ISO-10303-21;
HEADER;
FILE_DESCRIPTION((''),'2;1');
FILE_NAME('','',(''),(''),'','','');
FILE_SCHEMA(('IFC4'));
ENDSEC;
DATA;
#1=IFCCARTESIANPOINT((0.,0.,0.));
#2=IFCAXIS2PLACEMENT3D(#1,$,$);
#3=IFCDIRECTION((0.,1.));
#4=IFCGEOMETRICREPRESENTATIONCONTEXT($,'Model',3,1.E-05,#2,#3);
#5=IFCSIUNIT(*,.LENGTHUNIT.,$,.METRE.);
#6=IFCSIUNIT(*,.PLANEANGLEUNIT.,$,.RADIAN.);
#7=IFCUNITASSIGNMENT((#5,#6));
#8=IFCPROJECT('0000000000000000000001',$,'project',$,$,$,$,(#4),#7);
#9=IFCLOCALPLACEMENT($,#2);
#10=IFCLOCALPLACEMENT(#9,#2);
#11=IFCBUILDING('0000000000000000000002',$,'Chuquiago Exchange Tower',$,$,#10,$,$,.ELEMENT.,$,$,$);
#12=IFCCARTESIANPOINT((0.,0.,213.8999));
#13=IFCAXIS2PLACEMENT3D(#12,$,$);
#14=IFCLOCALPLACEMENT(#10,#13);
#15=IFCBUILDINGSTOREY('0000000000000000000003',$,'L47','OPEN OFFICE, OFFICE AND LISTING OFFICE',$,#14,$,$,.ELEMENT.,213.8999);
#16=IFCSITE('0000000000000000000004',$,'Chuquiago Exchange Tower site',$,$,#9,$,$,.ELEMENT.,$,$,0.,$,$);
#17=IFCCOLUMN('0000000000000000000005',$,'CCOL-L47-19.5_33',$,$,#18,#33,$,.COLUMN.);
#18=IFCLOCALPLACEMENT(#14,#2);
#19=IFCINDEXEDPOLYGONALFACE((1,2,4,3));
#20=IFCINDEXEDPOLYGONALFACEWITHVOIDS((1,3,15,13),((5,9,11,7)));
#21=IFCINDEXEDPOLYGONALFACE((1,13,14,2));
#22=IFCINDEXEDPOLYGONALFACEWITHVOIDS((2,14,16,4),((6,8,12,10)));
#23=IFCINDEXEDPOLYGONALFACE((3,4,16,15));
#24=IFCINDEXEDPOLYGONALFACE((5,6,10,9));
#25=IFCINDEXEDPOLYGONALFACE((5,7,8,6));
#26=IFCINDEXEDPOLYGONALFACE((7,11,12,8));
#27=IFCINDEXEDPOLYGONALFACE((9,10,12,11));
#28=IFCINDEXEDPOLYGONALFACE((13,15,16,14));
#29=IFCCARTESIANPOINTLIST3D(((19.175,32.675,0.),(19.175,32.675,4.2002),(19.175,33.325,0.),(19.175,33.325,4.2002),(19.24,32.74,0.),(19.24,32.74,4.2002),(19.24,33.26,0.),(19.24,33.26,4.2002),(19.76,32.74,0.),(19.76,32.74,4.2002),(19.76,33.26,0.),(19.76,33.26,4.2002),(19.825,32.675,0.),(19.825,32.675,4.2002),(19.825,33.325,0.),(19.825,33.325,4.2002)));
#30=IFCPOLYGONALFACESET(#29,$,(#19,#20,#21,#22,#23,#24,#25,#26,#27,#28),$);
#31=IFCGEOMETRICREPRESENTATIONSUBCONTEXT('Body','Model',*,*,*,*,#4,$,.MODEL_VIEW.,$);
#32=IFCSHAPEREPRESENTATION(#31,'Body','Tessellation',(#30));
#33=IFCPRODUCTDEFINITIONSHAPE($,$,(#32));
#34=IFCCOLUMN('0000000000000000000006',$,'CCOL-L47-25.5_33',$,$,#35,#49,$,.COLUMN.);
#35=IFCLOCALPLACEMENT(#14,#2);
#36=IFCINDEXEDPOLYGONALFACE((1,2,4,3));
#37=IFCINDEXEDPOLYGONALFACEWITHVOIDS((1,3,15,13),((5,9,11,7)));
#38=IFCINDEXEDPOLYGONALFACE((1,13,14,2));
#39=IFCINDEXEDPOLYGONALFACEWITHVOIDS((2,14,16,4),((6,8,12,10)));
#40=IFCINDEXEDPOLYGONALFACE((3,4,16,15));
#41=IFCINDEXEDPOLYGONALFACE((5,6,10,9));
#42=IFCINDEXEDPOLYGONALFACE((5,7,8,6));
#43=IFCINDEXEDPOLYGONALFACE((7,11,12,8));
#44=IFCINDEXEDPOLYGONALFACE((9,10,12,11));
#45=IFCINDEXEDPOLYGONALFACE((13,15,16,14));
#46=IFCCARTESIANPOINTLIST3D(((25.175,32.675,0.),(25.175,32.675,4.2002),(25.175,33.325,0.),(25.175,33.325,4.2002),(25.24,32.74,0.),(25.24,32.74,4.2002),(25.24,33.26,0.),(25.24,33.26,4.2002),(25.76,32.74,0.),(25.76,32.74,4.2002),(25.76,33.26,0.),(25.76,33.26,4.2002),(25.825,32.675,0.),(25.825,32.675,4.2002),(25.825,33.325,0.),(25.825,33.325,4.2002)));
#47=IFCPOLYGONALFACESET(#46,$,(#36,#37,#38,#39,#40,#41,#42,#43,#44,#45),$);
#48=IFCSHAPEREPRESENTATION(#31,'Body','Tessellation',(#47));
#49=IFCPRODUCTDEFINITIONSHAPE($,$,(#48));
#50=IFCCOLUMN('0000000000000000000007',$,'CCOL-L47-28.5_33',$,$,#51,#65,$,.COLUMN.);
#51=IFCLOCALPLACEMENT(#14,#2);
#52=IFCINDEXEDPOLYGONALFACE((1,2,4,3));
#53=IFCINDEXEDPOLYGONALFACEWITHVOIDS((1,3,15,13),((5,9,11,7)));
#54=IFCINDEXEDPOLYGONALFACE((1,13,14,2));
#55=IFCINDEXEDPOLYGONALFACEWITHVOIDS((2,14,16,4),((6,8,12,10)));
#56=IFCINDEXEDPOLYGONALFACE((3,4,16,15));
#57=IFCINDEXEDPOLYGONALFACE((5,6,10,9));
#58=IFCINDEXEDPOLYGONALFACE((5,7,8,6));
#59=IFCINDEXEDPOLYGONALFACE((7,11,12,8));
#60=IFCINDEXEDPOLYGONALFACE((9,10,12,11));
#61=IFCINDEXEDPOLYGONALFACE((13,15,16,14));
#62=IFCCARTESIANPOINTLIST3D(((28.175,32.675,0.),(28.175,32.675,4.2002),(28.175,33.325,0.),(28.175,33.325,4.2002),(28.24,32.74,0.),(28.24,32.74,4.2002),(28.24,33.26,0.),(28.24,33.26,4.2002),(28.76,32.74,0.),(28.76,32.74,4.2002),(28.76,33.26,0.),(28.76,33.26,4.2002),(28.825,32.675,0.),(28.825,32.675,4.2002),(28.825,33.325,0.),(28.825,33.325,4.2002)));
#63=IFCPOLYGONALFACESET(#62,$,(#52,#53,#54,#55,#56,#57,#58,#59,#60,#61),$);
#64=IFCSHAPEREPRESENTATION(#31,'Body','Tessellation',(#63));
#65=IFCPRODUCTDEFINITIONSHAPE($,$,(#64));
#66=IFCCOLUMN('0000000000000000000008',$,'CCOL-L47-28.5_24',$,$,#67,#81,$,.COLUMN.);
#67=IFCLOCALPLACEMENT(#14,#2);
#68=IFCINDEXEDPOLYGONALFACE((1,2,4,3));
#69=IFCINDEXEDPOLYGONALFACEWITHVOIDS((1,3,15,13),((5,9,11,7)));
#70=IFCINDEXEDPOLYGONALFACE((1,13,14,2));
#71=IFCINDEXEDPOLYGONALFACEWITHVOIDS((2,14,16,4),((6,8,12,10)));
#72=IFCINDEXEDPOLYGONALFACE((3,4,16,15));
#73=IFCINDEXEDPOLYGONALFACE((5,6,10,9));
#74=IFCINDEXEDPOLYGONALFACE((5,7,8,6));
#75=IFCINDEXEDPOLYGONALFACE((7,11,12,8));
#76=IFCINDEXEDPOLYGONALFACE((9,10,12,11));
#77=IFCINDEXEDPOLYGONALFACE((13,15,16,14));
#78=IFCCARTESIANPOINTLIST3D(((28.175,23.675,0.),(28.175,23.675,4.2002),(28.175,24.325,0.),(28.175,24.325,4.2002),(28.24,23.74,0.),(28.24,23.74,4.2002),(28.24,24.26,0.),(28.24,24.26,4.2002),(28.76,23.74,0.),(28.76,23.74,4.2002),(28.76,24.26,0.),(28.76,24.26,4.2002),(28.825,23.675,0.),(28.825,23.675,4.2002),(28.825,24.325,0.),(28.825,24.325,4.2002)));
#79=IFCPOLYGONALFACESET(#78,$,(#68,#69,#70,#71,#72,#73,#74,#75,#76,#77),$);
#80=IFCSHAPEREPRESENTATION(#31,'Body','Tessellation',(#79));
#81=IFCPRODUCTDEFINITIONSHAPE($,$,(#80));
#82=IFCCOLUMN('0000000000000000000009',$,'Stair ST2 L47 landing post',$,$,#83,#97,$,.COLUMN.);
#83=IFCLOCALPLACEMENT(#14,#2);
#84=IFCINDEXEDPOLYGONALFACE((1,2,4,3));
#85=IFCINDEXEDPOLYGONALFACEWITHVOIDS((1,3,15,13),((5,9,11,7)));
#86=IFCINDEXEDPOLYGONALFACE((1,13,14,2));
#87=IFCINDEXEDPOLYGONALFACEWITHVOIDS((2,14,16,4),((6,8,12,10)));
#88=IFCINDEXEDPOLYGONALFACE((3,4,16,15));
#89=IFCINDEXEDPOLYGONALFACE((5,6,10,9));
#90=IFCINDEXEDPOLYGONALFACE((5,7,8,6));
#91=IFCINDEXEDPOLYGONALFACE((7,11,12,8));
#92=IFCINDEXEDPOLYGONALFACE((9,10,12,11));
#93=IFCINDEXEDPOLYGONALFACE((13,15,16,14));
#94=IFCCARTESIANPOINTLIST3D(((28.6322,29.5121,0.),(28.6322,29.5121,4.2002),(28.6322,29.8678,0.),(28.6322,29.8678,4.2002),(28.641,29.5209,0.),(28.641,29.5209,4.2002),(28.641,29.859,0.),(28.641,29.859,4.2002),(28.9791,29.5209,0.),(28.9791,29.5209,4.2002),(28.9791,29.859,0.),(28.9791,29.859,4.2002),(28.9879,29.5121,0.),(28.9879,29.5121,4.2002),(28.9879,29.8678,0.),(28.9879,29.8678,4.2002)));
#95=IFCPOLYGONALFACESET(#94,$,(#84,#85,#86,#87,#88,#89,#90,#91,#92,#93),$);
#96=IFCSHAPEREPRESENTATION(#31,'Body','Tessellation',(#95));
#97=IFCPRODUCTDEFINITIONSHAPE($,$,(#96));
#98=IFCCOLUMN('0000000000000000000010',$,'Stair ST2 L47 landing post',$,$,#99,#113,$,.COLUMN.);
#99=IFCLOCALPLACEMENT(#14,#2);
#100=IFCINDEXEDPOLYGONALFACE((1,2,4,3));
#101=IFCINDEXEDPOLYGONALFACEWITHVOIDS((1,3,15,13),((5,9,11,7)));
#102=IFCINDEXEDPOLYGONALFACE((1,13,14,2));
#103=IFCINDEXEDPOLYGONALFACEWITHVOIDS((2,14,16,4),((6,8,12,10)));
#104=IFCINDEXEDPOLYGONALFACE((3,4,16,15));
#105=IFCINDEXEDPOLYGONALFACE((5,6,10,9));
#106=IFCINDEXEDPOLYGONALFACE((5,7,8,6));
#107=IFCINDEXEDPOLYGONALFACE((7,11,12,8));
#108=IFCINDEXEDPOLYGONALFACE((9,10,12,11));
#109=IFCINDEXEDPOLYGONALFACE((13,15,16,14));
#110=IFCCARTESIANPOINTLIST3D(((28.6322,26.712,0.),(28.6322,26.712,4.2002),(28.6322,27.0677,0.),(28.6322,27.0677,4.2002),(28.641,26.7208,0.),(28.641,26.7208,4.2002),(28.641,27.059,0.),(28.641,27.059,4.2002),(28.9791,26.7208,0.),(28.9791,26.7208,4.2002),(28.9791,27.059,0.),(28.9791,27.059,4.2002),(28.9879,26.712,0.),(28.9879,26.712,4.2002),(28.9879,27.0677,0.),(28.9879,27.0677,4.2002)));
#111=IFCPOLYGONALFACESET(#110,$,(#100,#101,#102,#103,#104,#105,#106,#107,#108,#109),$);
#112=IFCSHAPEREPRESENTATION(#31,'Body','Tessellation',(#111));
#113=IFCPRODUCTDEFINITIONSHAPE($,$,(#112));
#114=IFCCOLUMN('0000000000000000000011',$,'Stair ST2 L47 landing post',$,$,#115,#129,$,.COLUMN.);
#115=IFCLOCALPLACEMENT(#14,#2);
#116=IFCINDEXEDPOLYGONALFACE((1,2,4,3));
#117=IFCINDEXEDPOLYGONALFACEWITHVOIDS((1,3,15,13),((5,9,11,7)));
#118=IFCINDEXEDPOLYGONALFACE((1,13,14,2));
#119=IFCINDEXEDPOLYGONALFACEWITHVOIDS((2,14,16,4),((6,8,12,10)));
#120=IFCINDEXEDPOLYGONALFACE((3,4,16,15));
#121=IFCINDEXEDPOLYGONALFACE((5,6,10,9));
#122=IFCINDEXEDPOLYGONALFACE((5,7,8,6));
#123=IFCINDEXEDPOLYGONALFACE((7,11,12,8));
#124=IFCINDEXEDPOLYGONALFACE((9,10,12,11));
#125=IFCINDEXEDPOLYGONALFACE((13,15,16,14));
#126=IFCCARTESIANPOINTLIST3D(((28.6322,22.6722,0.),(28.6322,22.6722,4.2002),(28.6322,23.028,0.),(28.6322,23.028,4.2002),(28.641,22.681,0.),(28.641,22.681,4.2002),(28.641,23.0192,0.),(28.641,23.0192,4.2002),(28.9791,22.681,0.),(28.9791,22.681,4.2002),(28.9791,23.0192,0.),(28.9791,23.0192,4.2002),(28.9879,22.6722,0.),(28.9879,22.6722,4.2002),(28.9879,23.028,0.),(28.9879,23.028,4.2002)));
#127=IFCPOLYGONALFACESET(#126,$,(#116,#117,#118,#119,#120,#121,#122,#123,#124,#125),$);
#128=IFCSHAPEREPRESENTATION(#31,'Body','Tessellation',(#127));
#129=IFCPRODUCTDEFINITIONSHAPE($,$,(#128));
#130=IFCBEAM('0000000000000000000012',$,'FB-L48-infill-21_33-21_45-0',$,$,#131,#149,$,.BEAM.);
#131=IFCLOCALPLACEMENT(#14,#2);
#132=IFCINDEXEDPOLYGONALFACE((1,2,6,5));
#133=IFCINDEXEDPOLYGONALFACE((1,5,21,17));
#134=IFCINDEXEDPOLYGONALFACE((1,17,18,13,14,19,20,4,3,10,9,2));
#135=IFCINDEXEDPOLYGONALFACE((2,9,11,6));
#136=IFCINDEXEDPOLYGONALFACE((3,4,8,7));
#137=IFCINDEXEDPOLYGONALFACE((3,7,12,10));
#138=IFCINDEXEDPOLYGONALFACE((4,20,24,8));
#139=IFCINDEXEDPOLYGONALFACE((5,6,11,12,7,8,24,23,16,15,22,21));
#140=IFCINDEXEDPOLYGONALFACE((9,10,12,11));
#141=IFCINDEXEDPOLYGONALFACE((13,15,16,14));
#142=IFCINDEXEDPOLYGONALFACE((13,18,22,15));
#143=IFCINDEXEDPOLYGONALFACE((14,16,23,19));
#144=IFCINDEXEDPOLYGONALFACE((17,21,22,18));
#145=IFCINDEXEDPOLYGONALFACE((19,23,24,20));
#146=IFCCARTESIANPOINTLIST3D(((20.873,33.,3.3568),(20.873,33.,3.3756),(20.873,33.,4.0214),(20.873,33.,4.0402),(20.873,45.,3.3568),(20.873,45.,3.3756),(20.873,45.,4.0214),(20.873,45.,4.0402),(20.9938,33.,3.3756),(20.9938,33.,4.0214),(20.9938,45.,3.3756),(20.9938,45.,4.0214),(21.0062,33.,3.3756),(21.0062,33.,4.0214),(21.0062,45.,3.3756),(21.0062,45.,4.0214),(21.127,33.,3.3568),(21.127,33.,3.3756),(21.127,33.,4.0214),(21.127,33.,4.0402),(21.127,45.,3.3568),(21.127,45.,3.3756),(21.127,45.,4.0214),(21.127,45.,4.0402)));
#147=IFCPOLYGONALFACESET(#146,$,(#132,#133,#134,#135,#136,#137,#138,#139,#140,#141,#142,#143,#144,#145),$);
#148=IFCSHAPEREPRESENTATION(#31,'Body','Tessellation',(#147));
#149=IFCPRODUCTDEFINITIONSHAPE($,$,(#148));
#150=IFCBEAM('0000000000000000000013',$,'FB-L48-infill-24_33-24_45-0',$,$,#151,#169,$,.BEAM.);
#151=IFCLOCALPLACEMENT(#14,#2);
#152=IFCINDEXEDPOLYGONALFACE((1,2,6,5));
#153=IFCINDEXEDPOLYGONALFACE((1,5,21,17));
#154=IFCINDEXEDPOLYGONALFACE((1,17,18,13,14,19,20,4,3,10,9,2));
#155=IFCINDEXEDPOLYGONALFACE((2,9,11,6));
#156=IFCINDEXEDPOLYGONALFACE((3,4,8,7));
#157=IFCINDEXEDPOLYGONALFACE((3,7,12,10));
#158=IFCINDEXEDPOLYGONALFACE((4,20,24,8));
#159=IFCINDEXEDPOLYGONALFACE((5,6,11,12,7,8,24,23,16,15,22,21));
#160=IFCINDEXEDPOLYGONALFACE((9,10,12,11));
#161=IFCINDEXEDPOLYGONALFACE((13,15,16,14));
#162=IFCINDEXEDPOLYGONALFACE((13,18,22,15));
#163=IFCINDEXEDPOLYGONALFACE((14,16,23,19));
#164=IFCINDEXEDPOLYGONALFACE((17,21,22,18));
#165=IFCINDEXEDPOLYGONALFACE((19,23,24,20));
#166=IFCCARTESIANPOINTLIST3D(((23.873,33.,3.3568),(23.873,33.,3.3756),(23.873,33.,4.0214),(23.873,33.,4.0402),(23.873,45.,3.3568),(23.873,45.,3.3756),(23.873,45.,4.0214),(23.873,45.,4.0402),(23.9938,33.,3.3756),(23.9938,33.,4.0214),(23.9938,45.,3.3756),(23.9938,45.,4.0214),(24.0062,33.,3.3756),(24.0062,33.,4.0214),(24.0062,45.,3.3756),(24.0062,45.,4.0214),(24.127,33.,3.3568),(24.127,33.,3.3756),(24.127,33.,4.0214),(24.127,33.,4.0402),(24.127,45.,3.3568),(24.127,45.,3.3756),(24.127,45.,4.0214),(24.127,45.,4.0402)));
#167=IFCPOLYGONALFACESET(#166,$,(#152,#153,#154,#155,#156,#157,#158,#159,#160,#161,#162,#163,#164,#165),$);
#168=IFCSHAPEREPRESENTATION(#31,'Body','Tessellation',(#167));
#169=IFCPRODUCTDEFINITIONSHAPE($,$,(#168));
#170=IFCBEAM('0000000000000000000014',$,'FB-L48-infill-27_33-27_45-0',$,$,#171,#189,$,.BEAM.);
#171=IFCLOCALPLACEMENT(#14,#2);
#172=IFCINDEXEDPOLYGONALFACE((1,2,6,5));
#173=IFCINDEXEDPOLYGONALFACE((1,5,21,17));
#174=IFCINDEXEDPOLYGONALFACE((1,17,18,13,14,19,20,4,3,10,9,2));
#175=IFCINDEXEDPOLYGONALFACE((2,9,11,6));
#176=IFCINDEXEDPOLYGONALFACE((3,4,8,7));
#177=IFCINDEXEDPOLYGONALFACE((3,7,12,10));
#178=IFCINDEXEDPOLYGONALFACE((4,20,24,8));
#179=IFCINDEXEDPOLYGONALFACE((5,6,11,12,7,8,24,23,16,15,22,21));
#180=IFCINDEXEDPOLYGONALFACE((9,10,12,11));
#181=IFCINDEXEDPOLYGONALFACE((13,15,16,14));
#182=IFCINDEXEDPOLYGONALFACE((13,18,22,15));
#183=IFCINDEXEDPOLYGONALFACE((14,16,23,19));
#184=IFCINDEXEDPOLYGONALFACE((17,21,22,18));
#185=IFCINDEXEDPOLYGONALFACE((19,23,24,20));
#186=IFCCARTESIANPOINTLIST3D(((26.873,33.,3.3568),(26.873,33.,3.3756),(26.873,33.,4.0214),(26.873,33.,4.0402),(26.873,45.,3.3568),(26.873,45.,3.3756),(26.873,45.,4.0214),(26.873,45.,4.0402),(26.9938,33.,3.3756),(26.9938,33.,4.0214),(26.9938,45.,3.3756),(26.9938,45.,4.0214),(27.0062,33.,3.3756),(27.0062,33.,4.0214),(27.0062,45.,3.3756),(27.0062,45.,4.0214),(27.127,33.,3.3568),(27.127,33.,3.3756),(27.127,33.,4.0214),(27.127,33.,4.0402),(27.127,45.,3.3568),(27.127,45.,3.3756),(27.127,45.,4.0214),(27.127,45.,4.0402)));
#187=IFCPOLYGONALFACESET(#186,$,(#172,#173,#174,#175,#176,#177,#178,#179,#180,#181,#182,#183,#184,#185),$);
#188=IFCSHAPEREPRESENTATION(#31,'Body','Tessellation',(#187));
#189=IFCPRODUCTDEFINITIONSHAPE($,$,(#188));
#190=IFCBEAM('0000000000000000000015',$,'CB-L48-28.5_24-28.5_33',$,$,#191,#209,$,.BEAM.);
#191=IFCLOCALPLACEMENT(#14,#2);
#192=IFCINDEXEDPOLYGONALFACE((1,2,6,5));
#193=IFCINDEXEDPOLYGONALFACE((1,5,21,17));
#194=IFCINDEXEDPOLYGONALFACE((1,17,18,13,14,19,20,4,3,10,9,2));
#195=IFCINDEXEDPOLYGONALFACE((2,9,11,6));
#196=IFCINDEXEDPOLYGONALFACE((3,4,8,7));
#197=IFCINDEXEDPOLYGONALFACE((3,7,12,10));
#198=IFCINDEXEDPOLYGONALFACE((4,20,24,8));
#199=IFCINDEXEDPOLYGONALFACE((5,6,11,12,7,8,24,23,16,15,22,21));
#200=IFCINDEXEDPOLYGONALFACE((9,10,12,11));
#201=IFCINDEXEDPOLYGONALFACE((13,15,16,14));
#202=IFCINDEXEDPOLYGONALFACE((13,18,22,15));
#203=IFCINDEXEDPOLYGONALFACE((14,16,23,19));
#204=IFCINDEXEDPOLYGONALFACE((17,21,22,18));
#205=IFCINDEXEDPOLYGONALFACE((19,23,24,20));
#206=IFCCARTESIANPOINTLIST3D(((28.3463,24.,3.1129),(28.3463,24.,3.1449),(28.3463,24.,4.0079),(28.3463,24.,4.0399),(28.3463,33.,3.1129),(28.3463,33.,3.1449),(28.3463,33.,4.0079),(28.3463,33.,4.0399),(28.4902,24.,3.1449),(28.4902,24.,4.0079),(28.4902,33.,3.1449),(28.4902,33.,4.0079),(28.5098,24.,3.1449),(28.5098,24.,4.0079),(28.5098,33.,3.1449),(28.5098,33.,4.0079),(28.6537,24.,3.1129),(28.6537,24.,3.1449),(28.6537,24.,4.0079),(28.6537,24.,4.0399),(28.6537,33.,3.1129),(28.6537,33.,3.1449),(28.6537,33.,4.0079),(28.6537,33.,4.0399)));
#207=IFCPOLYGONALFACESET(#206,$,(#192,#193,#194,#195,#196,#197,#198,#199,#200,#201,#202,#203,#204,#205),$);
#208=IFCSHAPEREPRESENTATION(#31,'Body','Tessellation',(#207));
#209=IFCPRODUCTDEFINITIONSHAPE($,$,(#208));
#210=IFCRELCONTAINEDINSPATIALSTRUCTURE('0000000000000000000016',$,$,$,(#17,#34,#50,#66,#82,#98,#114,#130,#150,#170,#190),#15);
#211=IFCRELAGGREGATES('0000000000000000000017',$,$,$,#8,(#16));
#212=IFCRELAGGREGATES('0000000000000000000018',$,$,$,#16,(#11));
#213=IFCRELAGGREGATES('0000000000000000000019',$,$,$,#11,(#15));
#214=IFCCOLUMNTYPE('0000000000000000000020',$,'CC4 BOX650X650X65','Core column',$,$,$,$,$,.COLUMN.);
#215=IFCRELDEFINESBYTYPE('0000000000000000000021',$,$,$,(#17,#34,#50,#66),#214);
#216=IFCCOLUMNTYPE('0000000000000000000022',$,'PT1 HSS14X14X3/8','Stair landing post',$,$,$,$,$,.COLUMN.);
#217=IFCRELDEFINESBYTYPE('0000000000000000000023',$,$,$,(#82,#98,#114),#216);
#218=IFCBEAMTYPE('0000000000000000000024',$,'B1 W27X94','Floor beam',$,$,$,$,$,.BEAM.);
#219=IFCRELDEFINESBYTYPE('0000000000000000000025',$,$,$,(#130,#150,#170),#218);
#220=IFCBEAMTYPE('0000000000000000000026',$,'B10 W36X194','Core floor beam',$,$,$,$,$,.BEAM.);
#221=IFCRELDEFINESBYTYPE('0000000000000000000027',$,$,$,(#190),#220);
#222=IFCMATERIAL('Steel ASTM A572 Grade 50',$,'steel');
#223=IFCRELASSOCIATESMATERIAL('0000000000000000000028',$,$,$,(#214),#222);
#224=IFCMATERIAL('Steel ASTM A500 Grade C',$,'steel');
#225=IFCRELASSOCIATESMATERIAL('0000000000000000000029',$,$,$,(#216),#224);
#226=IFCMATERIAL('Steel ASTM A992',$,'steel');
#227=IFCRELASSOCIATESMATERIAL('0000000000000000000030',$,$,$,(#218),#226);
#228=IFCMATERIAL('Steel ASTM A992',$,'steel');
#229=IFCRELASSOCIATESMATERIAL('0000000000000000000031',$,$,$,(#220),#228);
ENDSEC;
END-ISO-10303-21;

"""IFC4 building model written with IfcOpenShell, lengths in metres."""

from ifc_helpers import new_model, si_unit, direction, frame, origin, origin_2d, place, context, subcontext, project, spatial, hollow_rectangle, i_section, extrude, material, material_profile, profile_set, type_object, element, save


model = new_model("IFC4")

# Units and contexts
model_context = context("Model", 3, precision=1e-05, world=origin(), true_north=direction((0.0, 1.0)))
body_context = subcontext(model_context, "Body", "Model", "MODEL_VIEW")
ifc_project = project(units=[si_unit("LENGTHUNIT", "METRE"), si_unit("PLANEANGLEUNIT", "RADIAN")], contexts=[model_context])

# Site, building, storey
site_placement = place(None, origin())
site = spatial("IfcSite", under=ifc_project, at=site_placement, Name="Chuquiago Exchange Tower site", CompositionType="ELEMENT", RefElevation=0.0)
building_placement = place(site_placement, origin())
building = spatial("IfcBuilding", under=site, at=building_placement, Name="Chuquiago Exchange Tower", CompositionType="ELEMENT")
storey_placement = place(building_placement, frame((0.0, 0.0, 213.8999)))
storey = spatial("IfcBuildingStorey", under=building, at=storey_placement, Name="L47", Description="OPEN OFFICE, OFFICE AND LISTING OFFICE", CompositionType="ELEMENT", Elevation=213.8999)

# Columns
ifc_material_1 = material(Name="Steel ASTM A572 Grade 50", Category="steel")
ifc_material_profile_1 = material_profile(ifc_material_1, hollow_rectangle(XDim=0.6499, YDim=0.6499, WallThickness=0.0649, at=origin_2d()), Name="BOX650X650X65")
ifc_profile_set_1 = profile_set([ifc_material_profile_1], Name="Steel ASTM A572 Grade 50")
column_type_1 = type_object("IfcColumnType", Name="CC4 BOX650X650X65", Description="Core column", PredefinedType="COLUMN", material=ifc_profile_set_1)
for number, where, z_axis, x_axis, name in (
    (1, (19.5, 33.0, 0.0), (0.0, 0.0, 1.0), (1.0, 0.0, 0.0), "CCOL-L47-19.5_33"),
    (2, (25.5, 33.0, 0.0), (0.0, 0.0, 1.0), (1.0, 0.0, 0.0), "CCOL-L47-25.5_33"),
    (3, (28.5, 33.0, 0.0), (0.0, 0.0, 1.0), (1.0, 0.0, 0.0), "CCOL-L47-28.5_33"),
    (4, (28.5, 24.0, 0.0), (0.0, 0.0, 1.0), (1.0, 0.0, 0.0), "CCOL-L47-28.5_24"),
):
    element("IfcColumn", number, at=place(storey_placement, frame(where, z_axis=z_axis, x_axis=x_axis)), inside=storey, type_object=column_type_1, Name=name, PredefinedType="COLUMN", context=body_context, shape_type="SweptSolid", body=[
        extrude(hollow_rectangle(XDim=0.6499, YDim=0.6499, WallThickness=0.0649, at=origin_2d()), origin(), (0.0, 0.0, 1.0), 4.2002),
    ])
ifc_material_2 = material(Name="Steel ASTM A500 Grade C", Category="steel")
ifc_material_profile_2 = material_profile(ifc_material_2, hollow_rectangle(XDim=0.3557, YDim=0.3557, WallThickness=0.0088, at=origin_2d()), Name="HSS14X14X3/8")
ifc_profile_set_2 = profile_set([ifc_material_profile_2], Name="Steel ASTM A500 Grade C")
column_type_2 = type_object("IfcColumnType", Name="PT1 HSS14X14X3/8", Description="Stair landing post", PredefinedType="COLUMN", material=ifc_profile_set_2)
for number, where, z_axis, x_axis, name in (
    (5, (28.8101, 29.6899, 0.0), (0.0, 0.0, 1.0), (1.0, 0.0, 0.0), "Stair ST2 L47 landing post"),
    (6, (28.8101, 26.8899, 0.0), (0.0, 0.0, 1.0), (1.0, 0.0, 0.0), "Stair ST2 L47 landing post"),
    (7, (28.8101, 22.8501, 0.0), (0.0, 0.0, 1.0), (1.0, 0.0, 0.0), "Stair ST2 L47 landing post"),
):
    element("IfcColumn", number, at=place(storey_placement, frame(where, z_axis=z_axis, x_axis=x_axis)), inside=storey, type_object=column_type_2, Name=name, PredefinedType="COLUMN", context=body_context, shape_type="SweptSolid", body=[
        extrude(hollow_rectangle(XDim=0.3557, YDim=0.3557, WallThickness=0.0088, at=origin_2d()), origin(), (0.0, 0.0, 1.0), 4.2002),
    ])

# Beams
ifc_material_3 = material(Name="Steel ASTM A992", Category="steel")
ifc_material_profile_3 = material_profile(ifc_material_3, i_section(OverallWidth=0.2539, OverallDepth=0.6833, WebThickness=0.0125, FlangeThickness=0.0188, at=origin_2d()), Name="W27X94")
ifc_profile_set_3 = profile_set([ifc_material_profile_3], Name="Steel ASTM A992")
beam_type_1 = type_object("IfcBeamType", Name="B1 W27X94", Description="Floor beam", PredefinedType="BEAM", material=ifc_profile_set_3)
for number, where, z_axis, x_axis, name in (
    (8, (21.0, 33.0, 3.6985), (0.0, 1.0, 0.0), (-1.0, 0.0, 0.0), "FB-L48-infill-21_33-21_45-0"),
    (9, (24.0, 33.0, 3.6985), (0.0, 1.0, 0.0), (-1.0, 0.0, 0.0), "FB-L48-infill-24_33-24_45-0"),
    (10, (27.0, 33.0, 3.6985), (0.0, 1.0, 0.0), (-1.0, 0.0, 0.0), "FB-L48-infill-27_33-27_45-0"),
):
    element("IfcBeam", number, at=place(storey_placement, frame(where, z_axis=z_axis, x_axis=x_axis)), inside=storey, type_object=beam_type_1, Name=name, PredefinedType="BEAM", context=body_context, shape_type="SweptSolid", body=[
        extrude(i_section(OverallWidth=0.2539, OverallDepth=0.6833, WebThickness=0.0125, FlangeThickness=0.0188, at=origin_2d()), origin(), (0.0, 0.0, 1.0), 12.0),
    ])
ifc_material_4 = material(Name="Steel ASTM A992", Category="steel")
ifc_material_profile_4 = material_profile(ifc_material_4, i_section(OverallWidth=0.3074, OverallDepth=0.927, WebThickness=0.0195, FlangeThickness=0.032, at=origin_2d()), Name="W36X194")
ifc_profile_set_4 = profile_set([ifc_material_profile_4], Name="Steel ASTM A992")
beam_type_2 = type_object("IfcBeamType", Name="B10 W36X194", Description="Core floor beam", PredefinedType="BEAM", material=ifc_profile_set_4)
beam_1_placement = place(storey_placement, frame((28.5, 24.0, 3.5764), z_axis=(0.0, 1.0, 0.0), x_axis=(-1.0, 0.0, 0.0)))
element("IfcBeam", 11, at=beam_1_placement, inside=storey, type_object=beam_type_2, Name="CB-L48-28.5_24-28.5_33", PredefinedType="BEAM", context=body_context, shape_type="SweptSolid", body=[
    extrude(i_section(OverallWidth=0.3074, OverallDepth=0.927, WebThickness=0.0195, FlangeThickness=0.032, at=origin_2d()), origin(), (0.0, 0.0, 1.0), 9.0),
])

save(model, "model.ifc")
